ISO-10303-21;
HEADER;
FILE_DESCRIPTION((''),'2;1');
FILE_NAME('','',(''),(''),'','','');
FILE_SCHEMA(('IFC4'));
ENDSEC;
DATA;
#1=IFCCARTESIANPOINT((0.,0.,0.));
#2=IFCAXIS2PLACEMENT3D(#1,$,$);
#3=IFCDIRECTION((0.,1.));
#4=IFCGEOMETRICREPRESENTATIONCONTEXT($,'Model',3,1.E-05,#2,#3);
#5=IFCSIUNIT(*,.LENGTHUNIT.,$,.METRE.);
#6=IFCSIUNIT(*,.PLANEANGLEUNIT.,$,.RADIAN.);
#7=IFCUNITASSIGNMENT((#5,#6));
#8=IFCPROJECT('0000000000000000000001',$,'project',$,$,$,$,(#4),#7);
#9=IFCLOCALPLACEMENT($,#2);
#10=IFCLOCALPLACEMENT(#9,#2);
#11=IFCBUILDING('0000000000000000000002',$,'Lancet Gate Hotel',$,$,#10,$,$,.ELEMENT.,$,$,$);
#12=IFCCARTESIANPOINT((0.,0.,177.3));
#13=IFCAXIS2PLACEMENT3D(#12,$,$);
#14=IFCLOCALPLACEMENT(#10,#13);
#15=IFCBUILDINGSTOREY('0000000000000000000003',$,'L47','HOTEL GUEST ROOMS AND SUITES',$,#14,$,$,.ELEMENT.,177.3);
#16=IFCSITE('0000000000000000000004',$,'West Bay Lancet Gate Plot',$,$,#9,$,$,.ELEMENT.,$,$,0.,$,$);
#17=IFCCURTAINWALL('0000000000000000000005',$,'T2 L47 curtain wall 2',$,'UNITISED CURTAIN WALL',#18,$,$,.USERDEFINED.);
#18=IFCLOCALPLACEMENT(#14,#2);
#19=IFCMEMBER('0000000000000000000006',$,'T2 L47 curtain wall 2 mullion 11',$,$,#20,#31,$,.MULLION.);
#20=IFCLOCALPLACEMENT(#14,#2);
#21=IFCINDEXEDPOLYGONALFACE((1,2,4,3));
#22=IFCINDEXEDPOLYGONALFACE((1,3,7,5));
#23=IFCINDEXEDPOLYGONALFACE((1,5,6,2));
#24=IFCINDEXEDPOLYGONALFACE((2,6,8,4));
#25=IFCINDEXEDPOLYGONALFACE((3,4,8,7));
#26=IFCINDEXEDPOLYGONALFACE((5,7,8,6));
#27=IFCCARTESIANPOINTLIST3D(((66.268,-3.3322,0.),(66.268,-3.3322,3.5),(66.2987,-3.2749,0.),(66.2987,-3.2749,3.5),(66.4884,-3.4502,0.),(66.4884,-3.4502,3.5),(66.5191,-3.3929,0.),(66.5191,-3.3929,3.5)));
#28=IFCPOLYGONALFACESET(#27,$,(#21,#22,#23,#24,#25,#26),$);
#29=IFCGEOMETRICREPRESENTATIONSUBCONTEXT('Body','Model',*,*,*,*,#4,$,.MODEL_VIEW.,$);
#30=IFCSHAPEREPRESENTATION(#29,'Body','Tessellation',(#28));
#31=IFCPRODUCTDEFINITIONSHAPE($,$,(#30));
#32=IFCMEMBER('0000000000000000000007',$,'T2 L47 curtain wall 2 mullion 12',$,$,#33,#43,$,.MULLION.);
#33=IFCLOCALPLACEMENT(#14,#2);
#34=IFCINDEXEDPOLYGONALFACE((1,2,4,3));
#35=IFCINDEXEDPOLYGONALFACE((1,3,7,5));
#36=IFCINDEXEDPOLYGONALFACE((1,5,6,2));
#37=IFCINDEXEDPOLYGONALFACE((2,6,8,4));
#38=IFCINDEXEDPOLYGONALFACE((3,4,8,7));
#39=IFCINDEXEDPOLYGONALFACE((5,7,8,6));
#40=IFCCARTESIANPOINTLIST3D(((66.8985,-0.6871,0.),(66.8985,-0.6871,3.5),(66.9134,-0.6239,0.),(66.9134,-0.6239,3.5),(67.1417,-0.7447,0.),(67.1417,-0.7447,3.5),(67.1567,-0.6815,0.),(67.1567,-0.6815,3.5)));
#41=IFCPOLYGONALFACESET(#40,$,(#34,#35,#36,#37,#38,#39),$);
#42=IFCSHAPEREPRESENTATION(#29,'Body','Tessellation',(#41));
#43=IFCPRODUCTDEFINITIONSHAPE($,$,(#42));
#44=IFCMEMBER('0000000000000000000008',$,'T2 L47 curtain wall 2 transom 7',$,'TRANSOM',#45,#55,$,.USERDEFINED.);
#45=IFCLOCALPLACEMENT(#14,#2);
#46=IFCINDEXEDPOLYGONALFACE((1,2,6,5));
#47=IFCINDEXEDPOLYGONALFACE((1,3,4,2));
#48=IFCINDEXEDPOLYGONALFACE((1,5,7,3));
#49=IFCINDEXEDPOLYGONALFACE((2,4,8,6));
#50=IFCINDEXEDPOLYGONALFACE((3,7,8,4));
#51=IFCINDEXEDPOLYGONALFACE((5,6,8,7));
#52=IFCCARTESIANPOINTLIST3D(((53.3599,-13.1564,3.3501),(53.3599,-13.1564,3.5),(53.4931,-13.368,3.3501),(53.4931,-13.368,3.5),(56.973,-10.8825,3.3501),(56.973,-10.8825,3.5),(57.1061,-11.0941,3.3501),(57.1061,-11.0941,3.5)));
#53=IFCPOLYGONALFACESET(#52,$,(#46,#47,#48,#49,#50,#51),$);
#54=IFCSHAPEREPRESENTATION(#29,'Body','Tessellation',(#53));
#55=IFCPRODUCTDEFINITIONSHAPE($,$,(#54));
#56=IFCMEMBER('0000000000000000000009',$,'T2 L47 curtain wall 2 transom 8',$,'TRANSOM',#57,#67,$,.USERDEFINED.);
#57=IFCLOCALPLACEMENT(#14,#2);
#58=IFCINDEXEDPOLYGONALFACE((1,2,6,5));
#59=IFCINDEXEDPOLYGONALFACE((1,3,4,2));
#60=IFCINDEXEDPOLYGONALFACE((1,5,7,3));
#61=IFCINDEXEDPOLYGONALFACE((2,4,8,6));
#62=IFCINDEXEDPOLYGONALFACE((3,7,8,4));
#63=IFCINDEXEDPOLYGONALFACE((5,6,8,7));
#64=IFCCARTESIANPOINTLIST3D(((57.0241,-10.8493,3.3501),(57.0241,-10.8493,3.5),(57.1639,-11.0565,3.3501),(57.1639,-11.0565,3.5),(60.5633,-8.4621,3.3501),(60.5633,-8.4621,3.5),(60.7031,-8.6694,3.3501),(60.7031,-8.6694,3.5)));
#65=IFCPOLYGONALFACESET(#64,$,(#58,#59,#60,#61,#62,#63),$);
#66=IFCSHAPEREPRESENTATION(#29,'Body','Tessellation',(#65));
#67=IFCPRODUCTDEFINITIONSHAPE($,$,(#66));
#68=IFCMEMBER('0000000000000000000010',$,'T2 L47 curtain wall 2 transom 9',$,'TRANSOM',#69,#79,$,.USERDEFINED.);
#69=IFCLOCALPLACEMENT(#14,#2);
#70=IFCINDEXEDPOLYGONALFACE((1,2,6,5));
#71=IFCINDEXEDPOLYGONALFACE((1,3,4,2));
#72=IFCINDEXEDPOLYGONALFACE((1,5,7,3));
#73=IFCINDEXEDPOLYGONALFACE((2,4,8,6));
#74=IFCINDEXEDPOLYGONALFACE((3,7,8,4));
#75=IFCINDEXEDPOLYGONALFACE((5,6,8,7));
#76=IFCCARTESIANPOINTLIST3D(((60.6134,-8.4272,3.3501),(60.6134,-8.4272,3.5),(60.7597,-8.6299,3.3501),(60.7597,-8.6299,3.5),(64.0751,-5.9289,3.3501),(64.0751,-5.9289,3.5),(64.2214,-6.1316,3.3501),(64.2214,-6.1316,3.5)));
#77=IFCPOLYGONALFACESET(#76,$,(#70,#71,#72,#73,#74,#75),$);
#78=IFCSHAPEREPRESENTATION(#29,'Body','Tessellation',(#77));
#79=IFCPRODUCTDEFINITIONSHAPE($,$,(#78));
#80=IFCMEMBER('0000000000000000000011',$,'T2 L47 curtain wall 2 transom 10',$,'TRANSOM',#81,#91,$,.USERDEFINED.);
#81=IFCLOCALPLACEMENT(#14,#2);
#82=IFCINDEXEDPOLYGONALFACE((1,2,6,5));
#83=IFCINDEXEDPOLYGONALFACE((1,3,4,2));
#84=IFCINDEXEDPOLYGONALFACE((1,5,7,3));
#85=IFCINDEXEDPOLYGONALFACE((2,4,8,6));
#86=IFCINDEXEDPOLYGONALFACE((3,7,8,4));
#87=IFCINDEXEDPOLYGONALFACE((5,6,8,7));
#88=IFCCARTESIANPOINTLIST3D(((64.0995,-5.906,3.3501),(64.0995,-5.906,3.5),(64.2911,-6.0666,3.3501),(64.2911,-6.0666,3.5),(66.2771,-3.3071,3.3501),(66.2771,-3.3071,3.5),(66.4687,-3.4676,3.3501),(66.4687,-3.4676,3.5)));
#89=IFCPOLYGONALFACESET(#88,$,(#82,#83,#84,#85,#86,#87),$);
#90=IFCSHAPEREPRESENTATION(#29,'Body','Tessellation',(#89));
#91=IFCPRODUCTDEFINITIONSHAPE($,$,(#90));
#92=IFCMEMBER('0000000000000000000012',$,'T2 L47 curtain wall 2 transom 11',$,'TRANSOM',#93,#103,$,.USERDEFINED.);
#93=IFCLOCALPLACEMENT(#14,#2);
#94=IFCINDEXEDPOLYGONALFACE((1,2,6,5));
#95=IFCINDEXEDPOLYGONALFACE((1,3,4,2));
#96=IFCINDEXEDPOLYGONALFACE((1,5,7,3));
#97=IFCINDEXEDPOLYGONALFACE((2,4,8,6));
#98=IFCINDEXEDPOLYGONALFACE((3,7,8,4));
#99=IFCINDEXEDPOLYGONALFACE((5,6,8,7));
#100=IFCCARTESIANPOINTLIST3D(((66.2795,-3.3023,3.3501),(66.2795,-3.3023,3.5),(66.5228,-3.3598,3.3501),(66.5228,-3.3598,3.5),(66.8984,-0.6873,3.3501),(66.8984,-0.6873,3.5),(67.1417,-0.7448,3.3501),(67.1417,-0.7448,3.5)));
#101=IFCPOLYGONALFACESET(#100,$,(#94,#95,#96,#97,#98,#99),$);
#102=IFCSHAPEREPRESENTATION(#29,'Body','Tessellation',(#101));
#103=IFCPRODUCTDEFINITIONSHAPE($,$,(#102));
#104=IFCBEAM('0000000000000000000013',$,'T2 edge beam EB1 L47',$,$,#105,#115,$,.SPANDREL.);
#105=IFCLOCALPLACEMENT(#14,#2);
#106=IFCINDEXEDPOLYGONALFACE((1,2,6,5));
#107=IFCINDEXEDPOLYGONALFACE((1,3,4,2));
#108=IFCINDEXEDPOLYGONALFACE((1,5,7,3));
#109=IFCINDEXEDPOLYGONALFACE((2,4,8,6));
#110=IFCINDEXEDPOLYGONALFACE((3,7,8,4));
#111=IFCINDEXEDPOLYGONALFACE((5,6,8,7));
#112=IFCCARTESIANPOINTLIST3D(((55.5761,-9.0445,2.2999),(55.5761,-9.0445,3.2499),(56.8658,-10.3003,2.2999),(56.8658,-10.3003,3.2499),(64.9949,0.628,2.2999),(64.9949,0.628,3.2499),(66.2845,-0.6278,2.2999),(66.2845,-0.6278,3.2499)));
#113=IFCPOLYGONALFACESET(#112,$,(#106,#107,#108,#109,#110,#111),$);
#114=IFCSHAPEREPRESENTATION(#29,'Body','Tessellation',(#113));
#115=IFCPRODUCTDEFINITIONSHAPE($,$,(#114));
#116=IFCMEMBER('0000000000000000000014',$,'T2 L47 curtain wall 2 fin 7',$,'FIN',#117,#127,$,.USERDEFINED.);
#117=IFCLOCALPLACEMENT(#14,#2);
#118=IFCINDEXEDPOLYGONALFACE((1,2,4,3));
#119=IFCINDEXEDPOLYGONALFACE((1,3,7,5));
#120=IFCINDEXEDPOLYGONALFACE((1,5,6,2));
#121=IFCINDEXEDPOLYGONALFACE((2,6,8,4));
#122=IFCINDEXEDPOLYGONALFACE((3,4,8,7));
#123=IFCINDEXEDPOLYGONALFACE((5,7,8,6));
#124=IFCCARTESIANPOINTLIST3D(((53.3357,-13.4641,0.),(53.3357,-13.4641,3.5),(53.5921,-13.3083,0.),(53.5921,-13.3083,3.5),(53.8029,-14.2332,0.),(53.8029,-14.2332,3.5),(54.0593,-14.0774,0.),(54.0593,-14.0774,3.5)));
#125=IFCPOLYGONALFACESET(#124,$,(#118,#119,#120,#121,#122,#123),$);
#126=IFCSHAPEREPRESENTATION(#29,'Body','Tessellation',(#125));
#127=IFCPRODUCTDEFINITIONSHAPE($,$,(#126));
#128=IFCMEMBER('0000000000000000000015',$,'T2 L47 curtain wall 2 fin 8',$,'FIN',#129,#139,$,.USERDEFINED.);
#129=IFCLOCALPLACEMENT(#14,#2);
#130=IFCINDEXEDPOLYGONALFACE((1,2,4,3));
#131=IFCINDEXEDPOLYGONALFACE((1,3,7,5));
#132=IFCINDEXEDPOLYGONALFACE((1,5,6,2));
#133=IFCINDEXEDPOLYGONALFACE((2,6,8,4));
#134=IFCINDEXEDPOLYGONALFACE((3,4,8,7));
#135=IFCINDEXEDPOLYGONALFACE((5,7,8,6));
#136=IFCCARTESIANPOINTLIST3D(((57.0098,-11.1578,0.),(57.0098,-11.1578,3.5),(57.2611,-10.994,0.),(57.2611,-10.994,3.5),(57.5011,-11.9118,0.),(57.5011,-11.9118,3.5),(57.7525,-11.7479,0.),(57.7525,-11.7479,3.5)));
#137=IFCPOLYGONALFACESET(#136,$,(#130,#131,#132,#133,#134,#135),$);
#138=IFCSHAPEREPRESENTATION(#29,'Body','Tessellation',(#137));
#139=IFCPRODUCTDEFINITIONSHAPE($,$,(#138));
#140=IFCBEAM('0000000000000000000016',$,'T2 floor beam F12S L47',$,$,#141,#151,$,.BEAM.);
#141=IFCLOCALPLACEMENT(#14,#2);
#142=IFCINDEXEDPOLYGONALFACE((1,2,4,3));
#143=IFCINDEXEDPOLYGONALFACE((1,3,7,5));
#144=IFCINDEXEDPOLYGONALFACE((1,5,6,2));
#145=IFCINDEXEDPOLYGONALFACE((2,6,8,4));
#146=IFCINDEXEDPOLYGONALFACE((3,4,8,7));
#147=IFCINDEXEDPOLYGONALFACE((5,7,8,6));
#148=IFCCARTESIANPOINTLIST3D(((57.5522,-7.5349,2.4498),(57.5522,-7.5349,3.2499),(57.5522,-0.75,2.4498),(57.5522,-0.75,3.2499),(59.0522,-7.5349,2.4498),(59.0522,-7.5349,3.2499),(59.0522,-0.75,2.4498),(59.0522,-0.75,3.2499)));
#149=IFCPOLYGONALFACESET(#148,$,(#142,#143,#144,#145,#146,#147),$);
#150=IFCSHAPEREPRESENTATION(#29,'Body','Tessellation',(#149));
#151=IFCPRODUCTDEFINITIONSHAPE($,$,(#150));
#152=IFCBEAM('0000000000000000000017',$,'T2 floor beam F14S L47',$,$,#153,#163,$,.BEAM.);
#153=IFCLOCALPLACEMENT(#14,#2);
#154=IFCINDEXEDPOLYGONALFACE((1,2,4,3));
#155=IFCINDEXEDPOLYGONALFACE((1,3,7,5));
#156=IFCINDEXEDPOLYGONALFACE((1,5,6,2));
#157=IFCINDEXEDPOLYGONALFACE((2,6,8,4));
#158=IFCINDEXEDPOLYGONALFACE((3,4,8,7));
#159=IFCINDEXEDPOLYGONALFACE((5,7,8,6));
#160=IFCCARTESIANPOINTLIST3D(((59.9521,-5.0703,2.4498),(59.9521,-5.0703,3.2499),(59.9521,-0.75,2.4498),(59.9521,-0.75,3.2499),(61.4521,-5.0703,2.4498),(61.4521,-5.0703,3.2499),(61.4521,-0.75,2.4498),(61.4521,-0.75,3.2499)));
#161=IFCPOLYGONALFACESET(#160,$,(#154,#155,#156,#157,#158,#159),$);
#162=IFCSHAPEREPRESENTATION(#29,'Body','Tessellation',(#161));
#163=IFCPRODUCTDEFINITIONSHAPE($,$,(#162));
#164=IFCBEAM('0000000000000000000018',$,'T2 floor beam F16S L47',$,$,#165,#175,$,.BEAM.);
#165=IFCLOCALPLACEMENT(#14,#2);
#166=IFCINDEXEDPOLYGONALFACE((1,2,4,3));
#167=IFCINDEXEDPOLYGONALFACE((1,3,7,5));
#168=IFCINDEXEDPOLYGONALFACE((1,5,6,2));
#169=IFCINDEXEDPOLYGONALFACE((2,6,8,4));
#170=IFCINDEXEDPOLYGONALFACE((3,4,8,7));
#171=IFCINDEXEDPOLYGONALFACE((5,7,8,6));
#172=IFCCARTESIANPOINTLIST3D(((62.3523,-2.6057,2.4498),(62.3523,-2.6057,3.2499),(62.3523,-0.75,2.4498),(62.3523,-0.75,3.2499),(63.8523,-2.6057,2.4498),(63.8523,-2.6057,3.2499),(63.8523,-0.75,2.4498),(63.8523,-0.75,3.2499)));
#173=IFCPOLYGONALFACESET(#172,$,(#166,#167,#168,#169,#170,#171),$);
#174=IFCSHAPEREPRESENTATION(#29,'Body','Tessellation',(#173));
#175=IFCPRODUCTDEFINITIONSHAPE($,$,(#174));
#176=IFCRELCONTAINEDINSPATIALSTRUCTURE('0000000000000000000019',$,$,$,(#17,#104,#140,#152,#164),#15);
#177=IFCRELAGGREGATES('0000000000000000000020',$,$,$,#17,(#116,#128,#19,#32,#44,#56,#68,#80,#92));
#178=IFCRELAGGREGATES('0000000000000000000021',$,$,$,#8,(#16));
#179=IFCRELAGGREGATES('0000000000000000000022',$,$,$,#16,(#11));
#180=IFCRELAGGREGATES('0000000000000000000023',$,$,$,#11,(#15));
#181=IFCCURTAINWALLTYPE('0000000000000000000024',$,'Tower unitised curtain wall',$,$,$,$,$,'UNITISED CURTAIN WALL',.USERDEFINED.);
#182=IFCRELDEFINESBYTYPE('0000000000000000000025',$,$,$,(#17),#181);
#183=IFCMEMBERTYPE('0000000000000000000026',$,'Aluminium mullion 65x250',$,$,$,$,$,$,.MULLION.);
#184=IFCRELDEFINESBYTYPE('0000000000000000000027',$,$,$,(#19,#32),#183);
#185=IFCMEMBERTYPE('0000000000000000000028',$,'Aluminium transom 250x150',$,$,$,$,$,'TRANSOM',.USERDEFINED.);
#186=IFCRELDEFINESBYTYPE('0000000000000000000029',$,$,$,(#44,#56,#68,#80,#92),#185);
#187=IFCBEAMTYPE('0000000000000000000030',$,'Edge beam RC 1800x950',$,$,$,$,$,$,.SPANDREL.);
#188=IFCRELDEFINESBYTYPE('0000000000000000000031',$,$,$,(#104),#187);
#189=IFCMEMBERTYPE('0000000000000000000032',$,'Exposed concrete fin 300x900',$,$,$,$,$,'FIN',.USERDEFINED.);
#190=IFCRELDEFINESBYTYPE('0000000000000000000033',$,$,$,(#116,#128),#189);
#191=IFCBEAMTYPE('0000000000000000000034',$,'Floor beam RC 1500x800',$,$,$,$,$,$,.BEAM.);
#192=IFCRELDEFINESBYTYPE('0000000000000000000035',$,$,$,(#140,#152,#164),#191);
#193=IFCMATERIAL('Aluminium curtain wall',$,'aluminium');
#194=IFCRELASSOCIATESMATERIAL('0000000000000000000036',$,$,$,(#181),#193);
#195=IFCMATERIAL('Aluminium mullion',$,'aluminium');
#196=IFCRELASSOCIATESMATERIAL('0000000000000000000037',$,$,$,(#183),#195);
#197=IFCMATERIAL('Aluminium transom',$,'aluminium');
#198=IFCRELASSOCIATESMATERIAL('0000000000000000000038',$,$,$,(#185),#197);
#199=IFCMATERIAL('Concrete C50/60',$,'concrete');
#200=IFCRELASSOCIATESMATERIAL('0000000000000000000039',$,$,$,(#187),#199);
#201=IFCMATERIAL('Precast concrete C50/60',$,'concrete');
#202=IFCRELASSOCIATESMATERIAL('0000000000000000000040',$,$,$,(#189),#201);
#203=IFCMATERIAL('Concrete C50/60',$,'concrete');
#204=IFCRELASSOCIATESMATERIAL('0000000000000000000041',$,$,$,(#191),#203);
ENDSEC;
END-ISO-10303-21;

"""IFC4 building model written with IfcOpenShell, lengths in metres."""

from ifc_helpers import new_model, si_unit, direction, frame, origin, origin_2d, place, context, subcontext, project, spatial, rectangle, extrude, material, material_profile, profile_set, type_object, element, aggregate, save


model = new_model("IFC4")

# Units and contexts
model_context = context("Model", 3, precision=1e-05, world=origin(), true_north=direction((0.0, 1.0)))
body_context = subcontext(model_context, "Body", "Model", "MODEL_VIEW")
ifc_project = project(units=[si_unit("LENGTHUNIT", "METRE"), si_unit("PLANEANGLEUNIT", "RADIAN")], contexts=[model_context])

# Site, building, storey
site_placement = place(None, origin())
site = spatial("IfcSite", under=ifc_project, at=site_placement, Name="West Bay Lancet Gate Plot", CompositionType="ELEMENT", RefElevation=0.0)
building_placement = place(site_placement, origin())
building = spatial("IfcBuilding", under=site, at=building_placement, Name="Lancet Gate Hotel", CompositionType="ELEMENT")
storey_placement = place(building_placement, frame((0.0, 0.0, 177.3)))
storey = spatial("IfcBuildingStorey", under=building, at=storey_placement, Name="L47", Description="HOTEL GUEST ROOMS AND SUITES", CompositionType="ELEMENT", Elevation=177.3)

# Curtain wall, members
ifc_material_1 = material(Name="Aluminium curtain wall", Category="aluminium")
curtain_wall_type = type_object("IfcCurtainWallType", Name="Tower unitised curtain wall", ElementType="UNITISED CURTAIN WALL", PredefinedType="USERDEFINED", material=ifc_material_1)
curtain_wall_placement = place(storey_placement, origin())
curtain_wall = element("IfcCurtainWall", 1, at=curtain_wall_placement, inside=storey, type_object=curtain_wall_type, Name="T2 L47 curtain wall 2", ObjectType="UNITISED CURTAIN WALL", PredefinedType="USERDEFINED")
ifc_material_2 = material(Name="Aluminium mullion", Category="aluminium")
ifc_material_profile_1 = material_profile(ifc_material_2, rectangle(XDim=0.0649, YDim=0.25, at=origin_2d()), Name="MULLION 65x250")
ifc_profile_set_1 = profile_set([ifc_material_profile_1], Name="Aluminium mullion")
member_type_1 = type_object("IfcMemberType", Name="Aluminium mullion 65x250", PredefinedType="MULLION", material=ifc_profile_set_1)
member_1_placement = place(storey_placement, frame((66.3936, -3.3625, 0.0), z_axis=(0.0, 0.0, 1.0), x_axis=(0.472146, 0.88152, 0.0)))
member_1 = element("IfcMember", 2, at=member_1_placement, type_object=member_type_1, Name="T2 L47 curtain wall 2 mullion 11", PredefinedType="MULLION", context=body_context, shape_type="SweptSolid", body=[
    extrude(rectangle(XDim=0.0649, YDim=0.25, at=origin_2d()), origin(), (0.0, 0.0, 1.0), 3.5),
])
member_2_placement = place(storey_placement, frame((67.0276, -0.6843, 0.0), z_axis=(0.0, 0.0, 1.0), x_axis=(0.230367, 0.973104, 0.0)))
member_2 = element("IfcMember", 3, at=member_2_placement, type_object=member_type_1, Name="T2 L47 curtain wall 2 mullion 12", PredefinedType="MULLION", context=body_context, shape_type="SweptSolid", body=[
    extrude(rectangle(XDim=0.0649, YDim=0.25, at=origin_2d()), origin(), (0.0, 0.0, 1.0), 3.5),
])
ifc_material_3 = material(Name="Aluminium transom", Category="aluminium")
ifc_material_profile_2 = material_profile(ifc_material_3, rectangle(XDim=0.25, YDim=0.1499, at=origin_2d()), Name="TRANSOM 250x150")
ifc_profile_set_2 = profile_set([ifc_material_profile_2], Name="Aluminium transom")
member_type_2 = type_object("IfcMemberType", Name="Aluminium transom 250x150", ElementType="TRANSOM", PredefinedType="USERDEFINED", material=ifc_profile_set_2)
member_3_placement = place(storey_placement, frame((53.4265, -13.2622, 3.425), z_axis=(0.846333, 0.532654, 0.0), x_axis=(-0.532654, 0.846333, 0.0)))
member_3 = element("IfcMember", 4, at=member_3_placement, type_object=member_type_2, Name="T2 L47 curtain wall 2 transom 7", ObjectType="TRANSOM", PredefinedType="USERDEFINED", context=body_context, shape_type="SweptSolid", body=[
    extrude(rectangle(XDim=0.25, YDim=0.1499, at=origin_2d()), origin(), (0.0, 0.0, 1.0), 4.269),
])
member_4_placement = place(storey_placement, frame((57.094, -10.9529, 3.425), z_axis=(0.829047, 0.559179, 0.0), x_axis=(-0.559179, 0.829047, 0.0)))
member_4 = element("IfcMember", 5, at=member_4_placement, type_object=member_type_2, Name="T2 L47 curtain wall 2 transom 8", ObjectType="TRANSOM", PredefinedType="USERDEFINED", context=body_context, shape_type="SweptSolid", body=[
    extrude(rectangle(XDim=0.25, YDim=0.1499, at=origin_2d()), origin(), (0.0, 0.0, 1.0), 4.269),
])
member_5_placement = place(storey_placement, frame((60.6865, -8.5286, 3.425), z_axis=(0.81088, 0.585213, 0.0), x_axis=(-0.585213, 0.81088, 0.0)))
member_5 = element("IfcMember", 6, at=member_5_placement, type_object=member_type_2, Name="T2 L47 curtain wall 2 transom 9", ObjectType="TRANSOM", PredefinedType="USERDEFINED", context=body_context, shape_type="SweptSolid", body=[
    extrude(rectangle(XDim=0.25, YDim=0.1499, at=origin_2d()), origin(), (0.0, 0.0, 1.0), 4.269),
])
member_6_placement = place(storey_placement, frame((64.1953, -5.9863, 3.425), z_axis=(0.642229, 0.766513, 0.0), x_axis=(-0.766513, 0.642229, 0.0)))
member_6 = element("IfcMember", 7, at=member_6_placement, type_object=member_type_2, Name="T2 L47 curtain wall 2 transom 10", ObjectType="TRANSOM", PredefinedType="USERDEFINED", context=body_context, shape_type="SweptSolid", body=[
    extrude(rectangle(XDim=0.25, YDim=0.1499, at=origin_2d()), origin(), (0.0, 0.0, 1.0), 3.3906),
])
member_7_placement = place(storey_placement, frame((66.4011, -3.3311, 3.425), z_axis=(0.23031, 0.973117, 0.0), x_axis=(-0.973117, 0.23031, 0.0)))
member_7 = element("IfcMember", 8, at=member_7_placement, type_object=member_type_2, Name="T2 L47 curtain wall 2 transom 11", ObjectType="TRANSOM", PredefinedType="USERDEFINED", context=body_context, shape_type="SweptSolid", body=[
    extrude(rectangle(XDim=0.25, YDim=0.1499, at=origin_2d()), origin(), (0.0, 0.0, 1.0), 2.6873),
])

# Beam
ifc_material_4 = material(Name="Concrete C50/60", Category="concrete")
ifc_material_profile_3 = material_profile(ifc_material_4, rectangle(XDim=1.8, YDim=0.95, at=origin_2d()), Name="RC 1800x950")
ifc_profile_set_3 = profile_set([ifc_material_profile_3], Name="Concrete C50/60")
beam_type_1 = type_object("IfcBeamType", Name="Edge beam RC 1800x950", PredefinedType="SPANDREL", material=ifc_profile_set_3)
beam_1_placement = place(storey_placement, frame((56.2209, -9.6724, 2.7749), z_axis=(0.69765, 0.716439, 0.0), x_axis=(-0.716439, 0.69765, 0.0)))
element("IfcBeam", 9, at=beam_1_placement, inside=storey, type_object=beam_type_1, Name="T2 edge beam EB1 L47", PredefinedType="SPANDREL", context=body_context, shape_type="SweptSolid", body=[
    extrude(rectangle(XDim=1.8, YDim=0.95, at=origin_2d()), origin(), (0.0, 0.0, 1.0), 13.5007),
])

# Members
ifc_material_5 = material(Name="Precast concrete C50/60", Category="concrete")
ifc_material_profile_4 = material_profile(ifc_material_5, rectangle(XDim=0.3, YDim=0.8999, at=origin_2d()), Name="FIN 300x900")
ifc_profile_set_4 = profile_set([ifc_material_profile_4], Name="Precast concrete C50/60")
member_type_3 = type_object("IfcMemberType", Name="Exposed concrete fin 300x900", ElementType="FIN", PredefinedType="USERDEFINED", material=ifc_profile_set_4)
member_8_placement = place(storey_placement, frame((53.6975, -13.7708, 0.0), z_axis=(0.0, 0.0, 1.0), x_axis=(0.854691, 0.519137, 0.0)))
member_8 = element("IfcMember", 10, at=member_8_placement, type_object=member_type_3, Name="T2 L47 curtain wall 2 fin 7", ObjectType="FIN", PredefinedType="USERDEFINED", context=body_context, shape_type="SweptSolid", body=[
    extrude(rectangle(XDim=0.3, YDim=0.8999, at=origin_2d()), origin(), (0.0, 0.0, 1.0), 3.5),
])
member_9_placement = place(storey_placement, frame((57.3811, -11.4529, 0.0), z_axis=(0.0, 0.0, 1.0), x_axis=(0.837801, 0.545976, 0.0)))
member_9 = element("IfcMember", 11, at=member_9_placement, type_object=member_type_3, Name="T2 L47 curtain wall 2 fin 8", ObjectType="FIN", PredefinedType="USERDEFINED", context=body_context, shape_type="SweptSolid", body=[
    extrude(rectangle(XDim=0.3, YDim=0.8999, at=origin_2d()), origin(), (0.0, 0.0, 1.0), 3.5),
])

# Beams
ifc_material_6 = material(Name="Concrete C50/60", Category="concrete")
ifc_material_profile_5 = material_profile(ifc_material_6, rectangle(XDim=1.5, YDim=0.8, at=origin_2d()), Name="RC 1500x800")
ifc_profile_set_5 = profile_set([ifc_material_profile_5], Name="Concrete C50/60")
beam_type_2 = type_object("IfcBeamType", Name="Floor beam RC 1500x800", PredefinedType="BEAM", material=ifc_profile_set_5)
beam_2_placement = place(storey_placement, frame((58.3022, -7.5349, 2.8499), z_axis=(0.0, 1.0, 0.0), x_axis=(-1.0, 0.0, 0.0)))
element("IfcBeam", 12, at=beam_2_placement, inside=storey, type_object=beam_type_2, Name="T2 floor beam F12S L47", PredefinedType="BEAM", context=body_context, shape_type="SweptSolid", body=[
    extrude(rectangle(XDim=1.5, YDim=0.8, at=origin_2d()), origin(), (0.0, 0.0, 1.0), 6.7849),
])
beam_3_placement = place(storey_placement, frame((60.7021, -5.0703, 2.8499), z_axis=(0.0, 1.0, 0.0), x_axis=(-1.0, 0.0, 0.0)))
element("IfcBeam", 13, at=beam_3_placement, inside=storey, type_object=beam_type_2, Name="T2 floor beam F14S L47", PredefinedType="BEAM", context=body_context, shape_type="SweptSolid", body=[
    extrude(rectangle(XDim=1.5, YDim=0.8, at=origin_2d()), origin(), (0.0, 0.0, 1.0), 4.3203),
])
beam_4_placement = place(storey_placement, frame((63.1023, -2.6057, 2.8499), z_axis=(0.0, 1.0, 0.0), x_axis=(-1.0, 0.0, 0.0)))
element("IfcBeam", 14, at=beam_4_placement, inside=storey, type_object=beam_type_2, Name="T2 floor beam F16S L47", PredefinedType="BEAM", context=body_context, shape_type="SweptSolid", body=[
    extrude(rectangle(XDim=1.5, YDim=0.8, at=origin_2d()), origin(), (0.0, 0.0, 1.0), 1.8557),
])

aggregate(curtain_wall, [member_8, member_9, member_1, member_2, member_3, member_4, member_5, member_6, member_7])

save(model, "model.ifc")
